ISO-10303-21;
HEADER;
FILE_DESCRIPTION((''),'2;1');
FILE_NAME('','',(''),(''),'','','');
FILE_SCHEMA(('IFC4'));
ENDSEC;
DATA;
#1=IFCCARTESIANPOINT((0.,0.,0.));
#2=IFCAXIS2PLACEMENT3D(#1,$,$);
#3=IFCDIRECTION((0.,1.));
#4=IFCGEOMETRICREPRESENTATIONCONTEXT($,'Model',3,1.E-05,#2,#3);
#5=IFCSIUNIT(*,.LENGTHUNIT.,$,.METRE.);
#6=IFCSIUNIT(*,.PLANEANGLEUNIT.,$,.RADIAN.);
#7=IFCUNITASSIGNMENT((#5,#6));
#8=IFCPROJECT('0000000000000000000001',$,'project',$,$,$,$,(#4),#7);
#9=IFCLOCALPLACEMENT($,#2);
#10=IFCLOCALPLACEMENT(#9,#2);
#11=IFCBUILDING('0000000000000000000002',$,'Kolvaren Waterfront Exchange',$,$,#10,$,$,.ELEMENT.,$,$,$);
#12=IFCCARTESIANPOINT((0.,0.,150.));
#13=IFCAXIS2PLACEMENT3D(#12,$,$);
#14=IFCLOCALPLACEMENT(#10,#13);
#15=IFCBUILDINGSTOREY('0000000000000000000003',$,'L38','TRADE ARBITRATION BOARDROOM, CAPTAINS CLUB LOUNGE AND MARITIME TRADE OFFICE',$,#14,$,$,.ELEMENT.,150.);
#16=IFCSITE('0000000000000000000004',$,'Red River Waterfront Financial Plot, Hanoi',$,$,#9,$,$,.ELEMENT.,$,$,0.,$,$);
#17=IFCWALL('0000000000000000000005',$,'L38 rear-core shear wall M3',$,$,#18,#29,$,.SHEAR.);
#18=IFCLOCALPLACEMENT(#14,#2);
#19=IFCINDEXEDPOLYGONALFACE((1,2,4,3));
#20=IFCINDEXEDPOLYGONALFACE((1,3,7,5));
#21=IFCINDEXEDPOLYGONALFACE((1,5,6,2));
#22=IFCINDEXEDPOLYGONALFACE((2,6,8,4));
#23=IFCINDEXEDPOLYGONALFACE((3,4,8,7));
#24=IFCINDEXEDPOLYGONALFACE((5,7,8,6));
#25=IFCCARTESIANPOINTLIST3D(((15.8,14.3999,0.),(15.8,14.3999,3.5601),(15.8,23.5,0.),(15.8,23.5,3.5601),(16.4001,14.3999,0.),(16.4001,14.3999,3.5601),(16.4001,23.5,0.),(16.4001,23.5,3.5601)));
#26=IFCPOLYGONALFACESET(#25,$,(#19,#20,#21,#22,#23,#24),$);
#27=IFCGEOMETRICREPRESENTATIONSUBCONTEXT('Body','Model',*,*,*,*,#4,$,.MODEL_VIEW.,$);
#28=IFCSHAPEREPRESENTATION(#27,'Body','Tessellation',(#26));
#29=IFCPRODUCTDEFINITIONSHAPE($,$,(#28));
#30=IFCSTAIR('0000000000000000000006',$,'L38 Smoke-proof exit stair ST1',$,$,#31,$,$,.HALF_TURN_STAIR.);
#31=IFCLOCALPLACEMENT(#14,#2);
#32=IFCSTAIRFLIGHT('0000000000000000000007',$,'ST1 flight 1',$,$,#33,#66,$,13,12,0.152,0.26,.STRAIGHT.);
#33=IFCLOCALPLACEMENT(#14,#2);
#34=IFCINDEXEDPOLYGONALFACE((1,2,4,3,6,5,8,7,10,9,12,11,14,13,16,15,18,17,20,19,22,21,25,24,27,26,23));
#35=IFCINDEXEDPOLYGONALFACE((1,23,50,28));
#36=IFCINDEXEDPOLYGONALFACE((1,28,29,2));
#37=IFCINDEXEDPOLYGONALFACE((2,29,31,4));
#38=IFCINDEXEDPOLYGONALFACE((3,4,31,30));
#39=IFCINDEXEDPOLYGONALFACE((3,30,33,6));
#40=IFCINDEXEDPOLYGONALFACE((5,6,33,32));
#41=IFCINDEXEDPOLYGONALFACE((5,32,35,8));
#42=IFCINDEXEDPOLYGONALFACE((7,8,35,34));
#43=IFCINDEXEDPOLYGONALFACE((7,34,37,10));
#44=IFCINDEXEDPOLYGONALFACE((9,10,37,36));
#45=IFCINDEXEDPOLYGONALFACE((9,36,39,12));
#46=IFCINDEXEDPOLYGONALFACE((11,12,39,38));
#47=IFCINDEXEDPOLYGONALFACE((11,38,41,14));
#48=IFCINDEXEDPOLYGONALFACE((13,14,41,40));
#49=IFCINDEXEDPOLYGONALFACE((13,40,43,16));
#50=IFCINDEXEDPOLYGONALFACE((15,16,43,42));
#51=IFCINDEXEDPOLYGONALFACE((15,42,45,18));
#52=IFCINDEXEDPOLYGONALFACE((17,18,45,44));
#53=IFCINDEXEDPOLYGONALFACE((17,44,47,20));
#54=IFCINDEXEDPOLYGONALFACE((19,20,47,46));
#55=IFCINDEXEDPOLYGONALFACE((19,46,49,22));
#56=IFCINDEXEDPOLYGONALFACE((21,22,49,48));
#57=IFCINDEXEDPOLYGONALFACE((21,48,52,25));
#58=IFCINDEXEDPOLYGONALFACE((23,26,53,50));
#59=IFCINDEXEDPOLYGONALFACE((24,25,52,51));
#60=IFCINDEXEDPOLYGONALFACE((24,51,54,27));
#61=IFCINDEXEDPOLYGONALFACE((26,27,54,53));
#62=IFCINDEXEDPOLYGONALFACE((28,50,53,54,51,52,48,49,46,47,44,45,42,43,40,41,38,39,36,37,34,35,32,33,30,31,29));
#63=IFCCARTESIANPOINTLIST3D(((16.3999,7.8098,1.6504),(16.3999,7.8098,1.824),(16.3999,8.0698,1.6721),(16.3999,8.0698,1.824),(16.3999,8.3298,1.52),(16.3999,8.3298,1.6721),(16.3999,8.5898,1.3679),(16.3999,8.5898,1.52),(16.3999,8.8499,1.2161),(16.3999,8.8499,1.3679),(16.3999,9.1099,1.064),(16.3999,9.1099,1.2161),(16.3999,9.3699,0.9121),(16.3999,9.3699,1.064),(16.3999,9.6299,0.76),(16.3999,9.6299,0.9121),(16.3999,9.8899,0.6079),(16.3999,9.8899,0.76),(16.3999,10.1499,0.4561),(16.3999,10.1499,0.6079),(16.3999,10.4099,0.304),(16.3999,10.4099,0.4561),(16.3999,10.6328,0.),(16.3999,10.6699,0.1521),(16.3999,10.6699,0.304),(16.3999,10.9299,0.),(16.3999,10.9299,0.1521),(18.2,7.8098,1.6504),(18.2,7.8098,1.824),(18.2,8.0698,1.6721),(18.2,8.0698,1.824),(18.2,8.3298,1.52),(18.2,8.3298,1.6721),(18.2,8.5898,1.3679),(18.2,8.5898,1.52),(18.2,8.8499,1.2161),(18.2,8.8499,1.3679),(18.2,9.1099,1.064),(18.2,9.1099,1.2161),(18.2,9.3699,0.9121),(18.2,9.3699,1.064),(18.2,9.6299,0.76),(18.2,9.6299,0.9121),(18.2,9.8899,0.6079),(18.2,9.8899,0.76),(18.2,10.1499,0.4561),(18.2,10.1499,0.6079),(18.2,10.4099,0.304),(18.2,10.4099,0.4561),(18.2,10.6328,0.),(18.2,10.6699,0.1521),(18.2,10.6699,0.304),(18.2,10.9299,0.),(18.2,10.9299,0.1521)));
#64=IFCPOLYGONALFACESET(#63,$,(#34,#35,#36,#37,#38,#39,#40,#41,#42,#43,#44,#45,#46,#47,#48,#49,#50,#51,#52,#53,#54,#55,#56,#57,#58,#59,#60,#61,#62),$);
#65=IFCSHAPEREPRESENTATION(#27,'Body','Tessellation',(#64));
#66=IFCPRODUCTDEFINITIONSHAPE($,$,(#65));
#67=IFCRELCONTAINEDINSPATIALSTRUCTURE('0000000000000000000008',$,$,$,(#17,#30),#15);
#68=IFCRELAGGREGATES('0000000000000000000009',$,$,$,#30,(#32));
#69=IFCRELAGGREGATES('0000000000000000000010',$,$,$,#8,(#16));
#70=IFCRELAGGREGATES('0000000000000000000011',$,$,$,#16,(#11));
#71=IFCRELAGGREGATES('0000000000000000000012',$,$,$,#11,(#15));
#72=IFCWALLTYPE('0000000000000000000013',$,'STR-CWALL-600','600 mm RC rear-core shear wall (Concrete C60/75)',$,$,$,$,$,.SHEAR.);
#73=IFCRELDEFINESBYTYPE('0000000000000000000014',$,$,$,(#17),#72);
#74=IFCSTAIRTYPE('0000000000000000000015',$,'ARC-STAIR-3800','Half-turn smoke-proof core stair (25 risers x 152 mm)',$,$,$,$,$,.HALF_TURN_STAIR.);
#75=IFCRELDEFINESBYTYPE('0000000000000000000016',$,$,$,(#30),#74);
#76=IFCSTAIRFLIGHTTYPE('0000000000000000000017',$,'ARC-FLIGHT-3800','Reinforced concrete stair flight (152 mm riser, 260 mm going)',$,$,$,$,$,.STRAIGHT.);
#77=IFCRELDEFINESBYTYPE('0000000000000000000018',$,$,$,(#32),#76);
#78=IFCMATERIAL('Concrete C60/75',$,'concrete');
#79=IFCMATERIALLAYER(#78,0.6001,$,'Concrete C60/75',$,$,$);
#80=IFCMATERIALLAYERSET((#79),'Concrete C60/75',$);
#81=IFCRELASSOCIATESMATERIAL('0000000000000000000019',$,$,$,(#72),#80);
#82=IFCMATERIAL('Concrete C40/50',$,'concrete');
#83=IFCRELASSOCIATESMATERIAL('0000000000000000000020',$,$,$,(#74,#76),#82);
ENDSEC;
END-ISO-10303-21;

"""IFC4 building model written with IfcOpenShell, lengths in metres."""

from ifc_helpers import new_model, si_unit, direction, frame, frame_2d, origin, place, context, subcontext, project, spatial, polyline, rectangle, outline, extrude, material, layer, layer_set, type_object, element, aggregate, save


model = new_model("IFC4")

# Units and contexts
model_context = context("Model", 3, precision=1e-05, world=origin(), true_north=direction((0.0, 1.0)))
body_context = subcontext(model_context, "Body", "Model", "MODEL_VIEW")
ifc_project = project(units=[si_unit("LENGTHUNIT", "METRE"), si_unit("PLANEANGLEUNIT", "RADIAN")], contexts=[model_context])

# Site, building, storey
site_placement = place(None, origin())
site = spatial("IfcSite", under=ifc_project, at=site_placement, Name="Red River Waterfront Financial Plot, Hanoi", CompositionType="ELEMENT", RefElevation=0.0)
building_placement = place(site_placement, origin())
building = spatial("IfcBuilding", under=site, at=building_placement, Name="Kolvaren Waterfront Exchange", CompositionType="ELEMENT")
storey_placement = place(building_placement, frame((0.0, 0.0, 150.0)))
storey = spatial("IfcBuildingStorey", under=building, at=storey_placement, Name="L38", Description="TRADE ARBITRATION BOARDROOM, CAPTAINS CLUB LOUNGE AND MARITIME TRADE OFFICE", CompositionType="ELEMENT", Elevation=150.0)

# Shared definitions
ifc_material_1 = material(Name="Concrete C60/75", Category="concrete")

# Wall
ifc_material_2 = material(Name="Concrete C40/50", Category="concrete")
ifc_layer_1 = layer(ifc_material_1, 0.6001, Name="Concrete C60/75")
ifc_layer_set_1 = layer_set([ifc_layer_1], Name="Concrete C60/75")
wall_type_1 = type_object("IfcWallType", Name="STR-CWALL-600", Description="600 mm RC rear-core shear wall (Concrete C60/75)", PredefinedType="SHEAR", material=ifc_layer_set_1)
wall_1_placement = place(storey_placement, frame((16.1001, 14.3999, 0.0), z_axis=(0.0, 0.0, 1.0), x_axis=(0.0, 1.0, 0.0)))
element("IfcWall", 1, at=wall_1_placement, inside=storey, type_object=wall_type_1, Name="L38 rear-core shear wall M3", PredefinedType="SHEAR", context=body_context, shape_type="SweptSolid", body=[
    extrude(rectangle(XDim=9.1001, YDim=0.6001, at=frame_2d((4.55, 0.0))), origin(), (0.0, 0.0, 1.0), 3.5601),
])

# Stair, stair flight
stair_type = type_object("IfcStairType", Name="ARC-STAIR-3800", Description="Half-turn smoke-proof core stair (25 risers x 152 mm)", PredefinedType="HALF_TURN_STAIR", material=ifc_material_2)
stair_placement = place(storey_placement, origin())
stair = element("IfcStair", 2, at=stair_placement, inside=storey, type_object=stair_type, Name="L38 Smoke-proof exit stair ST1", PredefinedType="HALF_TURN_STAIR")
stair_flight_type = type_object("IfcStairFlightType", Name="ARC-FLIGHT-3800", Description="Reinforced concrete stair flight (152 mm riser, 260 mm going)", PredefinedType="STRAIGHT", material=ifc_material_2)
stair_flight_placement = place(storey_placement, frame((17.3, 10.9299, 0.0), z_axis=(0.0, 0.0, 1.0), x_axis=(0.0, -1.0, 0.0)))
stair_flight = element("IfcStairFlight", 3, at=stair_flight_placement, type_object=stair_flight_type, Name="ST1 flight 1", NumberOfRisers=13, NumberOfTreads=12, PredefinedType="STRAIGHT", RiserHeight=0.152, TreadLength=0.26, context=body_context, shape_type="SweptSolid", body=[
    extrude(outline(polyline([(0.0, 0.0), (0.0, 0.1521), (0.26, 0.1521), (0.26, 0.304), (0.52, 0.304), (0.52, 0.4561), (0.78, 0.4561), (0.78, 0.6079), (1.04, 0.6079), (1.04, 0.76), (1.3, 0.76), (1.3, 0.9121), (1.5601, 0.9121), (1.5601, 1.064), (1.8201, 1.064), (1.8201, 1.2161), (2.0801, 1.2161), (2.0801, 1.3679), (2.3401, 1.3679), (2.3401, 1.52), (2.6001, 1.52), (2.6001, 1.6721), (2.8601, 1.6721), (2.8601, 1.824), (3.1201, 1.824), (3.1201, 1.9761), (3.1201, 1.6504), (0.2971, 0.0), (0.0, 0.0)])), frame((0.0, 0.8999, 0.0), z_axis=(0.0, -1.0, 0.0), x_axis=(1.0, 0.0, 0.0)), (0.0, 0.0, 1.0), 1.8),
])
aggregate(stair, [stair_flight])

save(model, "model.ifc")
